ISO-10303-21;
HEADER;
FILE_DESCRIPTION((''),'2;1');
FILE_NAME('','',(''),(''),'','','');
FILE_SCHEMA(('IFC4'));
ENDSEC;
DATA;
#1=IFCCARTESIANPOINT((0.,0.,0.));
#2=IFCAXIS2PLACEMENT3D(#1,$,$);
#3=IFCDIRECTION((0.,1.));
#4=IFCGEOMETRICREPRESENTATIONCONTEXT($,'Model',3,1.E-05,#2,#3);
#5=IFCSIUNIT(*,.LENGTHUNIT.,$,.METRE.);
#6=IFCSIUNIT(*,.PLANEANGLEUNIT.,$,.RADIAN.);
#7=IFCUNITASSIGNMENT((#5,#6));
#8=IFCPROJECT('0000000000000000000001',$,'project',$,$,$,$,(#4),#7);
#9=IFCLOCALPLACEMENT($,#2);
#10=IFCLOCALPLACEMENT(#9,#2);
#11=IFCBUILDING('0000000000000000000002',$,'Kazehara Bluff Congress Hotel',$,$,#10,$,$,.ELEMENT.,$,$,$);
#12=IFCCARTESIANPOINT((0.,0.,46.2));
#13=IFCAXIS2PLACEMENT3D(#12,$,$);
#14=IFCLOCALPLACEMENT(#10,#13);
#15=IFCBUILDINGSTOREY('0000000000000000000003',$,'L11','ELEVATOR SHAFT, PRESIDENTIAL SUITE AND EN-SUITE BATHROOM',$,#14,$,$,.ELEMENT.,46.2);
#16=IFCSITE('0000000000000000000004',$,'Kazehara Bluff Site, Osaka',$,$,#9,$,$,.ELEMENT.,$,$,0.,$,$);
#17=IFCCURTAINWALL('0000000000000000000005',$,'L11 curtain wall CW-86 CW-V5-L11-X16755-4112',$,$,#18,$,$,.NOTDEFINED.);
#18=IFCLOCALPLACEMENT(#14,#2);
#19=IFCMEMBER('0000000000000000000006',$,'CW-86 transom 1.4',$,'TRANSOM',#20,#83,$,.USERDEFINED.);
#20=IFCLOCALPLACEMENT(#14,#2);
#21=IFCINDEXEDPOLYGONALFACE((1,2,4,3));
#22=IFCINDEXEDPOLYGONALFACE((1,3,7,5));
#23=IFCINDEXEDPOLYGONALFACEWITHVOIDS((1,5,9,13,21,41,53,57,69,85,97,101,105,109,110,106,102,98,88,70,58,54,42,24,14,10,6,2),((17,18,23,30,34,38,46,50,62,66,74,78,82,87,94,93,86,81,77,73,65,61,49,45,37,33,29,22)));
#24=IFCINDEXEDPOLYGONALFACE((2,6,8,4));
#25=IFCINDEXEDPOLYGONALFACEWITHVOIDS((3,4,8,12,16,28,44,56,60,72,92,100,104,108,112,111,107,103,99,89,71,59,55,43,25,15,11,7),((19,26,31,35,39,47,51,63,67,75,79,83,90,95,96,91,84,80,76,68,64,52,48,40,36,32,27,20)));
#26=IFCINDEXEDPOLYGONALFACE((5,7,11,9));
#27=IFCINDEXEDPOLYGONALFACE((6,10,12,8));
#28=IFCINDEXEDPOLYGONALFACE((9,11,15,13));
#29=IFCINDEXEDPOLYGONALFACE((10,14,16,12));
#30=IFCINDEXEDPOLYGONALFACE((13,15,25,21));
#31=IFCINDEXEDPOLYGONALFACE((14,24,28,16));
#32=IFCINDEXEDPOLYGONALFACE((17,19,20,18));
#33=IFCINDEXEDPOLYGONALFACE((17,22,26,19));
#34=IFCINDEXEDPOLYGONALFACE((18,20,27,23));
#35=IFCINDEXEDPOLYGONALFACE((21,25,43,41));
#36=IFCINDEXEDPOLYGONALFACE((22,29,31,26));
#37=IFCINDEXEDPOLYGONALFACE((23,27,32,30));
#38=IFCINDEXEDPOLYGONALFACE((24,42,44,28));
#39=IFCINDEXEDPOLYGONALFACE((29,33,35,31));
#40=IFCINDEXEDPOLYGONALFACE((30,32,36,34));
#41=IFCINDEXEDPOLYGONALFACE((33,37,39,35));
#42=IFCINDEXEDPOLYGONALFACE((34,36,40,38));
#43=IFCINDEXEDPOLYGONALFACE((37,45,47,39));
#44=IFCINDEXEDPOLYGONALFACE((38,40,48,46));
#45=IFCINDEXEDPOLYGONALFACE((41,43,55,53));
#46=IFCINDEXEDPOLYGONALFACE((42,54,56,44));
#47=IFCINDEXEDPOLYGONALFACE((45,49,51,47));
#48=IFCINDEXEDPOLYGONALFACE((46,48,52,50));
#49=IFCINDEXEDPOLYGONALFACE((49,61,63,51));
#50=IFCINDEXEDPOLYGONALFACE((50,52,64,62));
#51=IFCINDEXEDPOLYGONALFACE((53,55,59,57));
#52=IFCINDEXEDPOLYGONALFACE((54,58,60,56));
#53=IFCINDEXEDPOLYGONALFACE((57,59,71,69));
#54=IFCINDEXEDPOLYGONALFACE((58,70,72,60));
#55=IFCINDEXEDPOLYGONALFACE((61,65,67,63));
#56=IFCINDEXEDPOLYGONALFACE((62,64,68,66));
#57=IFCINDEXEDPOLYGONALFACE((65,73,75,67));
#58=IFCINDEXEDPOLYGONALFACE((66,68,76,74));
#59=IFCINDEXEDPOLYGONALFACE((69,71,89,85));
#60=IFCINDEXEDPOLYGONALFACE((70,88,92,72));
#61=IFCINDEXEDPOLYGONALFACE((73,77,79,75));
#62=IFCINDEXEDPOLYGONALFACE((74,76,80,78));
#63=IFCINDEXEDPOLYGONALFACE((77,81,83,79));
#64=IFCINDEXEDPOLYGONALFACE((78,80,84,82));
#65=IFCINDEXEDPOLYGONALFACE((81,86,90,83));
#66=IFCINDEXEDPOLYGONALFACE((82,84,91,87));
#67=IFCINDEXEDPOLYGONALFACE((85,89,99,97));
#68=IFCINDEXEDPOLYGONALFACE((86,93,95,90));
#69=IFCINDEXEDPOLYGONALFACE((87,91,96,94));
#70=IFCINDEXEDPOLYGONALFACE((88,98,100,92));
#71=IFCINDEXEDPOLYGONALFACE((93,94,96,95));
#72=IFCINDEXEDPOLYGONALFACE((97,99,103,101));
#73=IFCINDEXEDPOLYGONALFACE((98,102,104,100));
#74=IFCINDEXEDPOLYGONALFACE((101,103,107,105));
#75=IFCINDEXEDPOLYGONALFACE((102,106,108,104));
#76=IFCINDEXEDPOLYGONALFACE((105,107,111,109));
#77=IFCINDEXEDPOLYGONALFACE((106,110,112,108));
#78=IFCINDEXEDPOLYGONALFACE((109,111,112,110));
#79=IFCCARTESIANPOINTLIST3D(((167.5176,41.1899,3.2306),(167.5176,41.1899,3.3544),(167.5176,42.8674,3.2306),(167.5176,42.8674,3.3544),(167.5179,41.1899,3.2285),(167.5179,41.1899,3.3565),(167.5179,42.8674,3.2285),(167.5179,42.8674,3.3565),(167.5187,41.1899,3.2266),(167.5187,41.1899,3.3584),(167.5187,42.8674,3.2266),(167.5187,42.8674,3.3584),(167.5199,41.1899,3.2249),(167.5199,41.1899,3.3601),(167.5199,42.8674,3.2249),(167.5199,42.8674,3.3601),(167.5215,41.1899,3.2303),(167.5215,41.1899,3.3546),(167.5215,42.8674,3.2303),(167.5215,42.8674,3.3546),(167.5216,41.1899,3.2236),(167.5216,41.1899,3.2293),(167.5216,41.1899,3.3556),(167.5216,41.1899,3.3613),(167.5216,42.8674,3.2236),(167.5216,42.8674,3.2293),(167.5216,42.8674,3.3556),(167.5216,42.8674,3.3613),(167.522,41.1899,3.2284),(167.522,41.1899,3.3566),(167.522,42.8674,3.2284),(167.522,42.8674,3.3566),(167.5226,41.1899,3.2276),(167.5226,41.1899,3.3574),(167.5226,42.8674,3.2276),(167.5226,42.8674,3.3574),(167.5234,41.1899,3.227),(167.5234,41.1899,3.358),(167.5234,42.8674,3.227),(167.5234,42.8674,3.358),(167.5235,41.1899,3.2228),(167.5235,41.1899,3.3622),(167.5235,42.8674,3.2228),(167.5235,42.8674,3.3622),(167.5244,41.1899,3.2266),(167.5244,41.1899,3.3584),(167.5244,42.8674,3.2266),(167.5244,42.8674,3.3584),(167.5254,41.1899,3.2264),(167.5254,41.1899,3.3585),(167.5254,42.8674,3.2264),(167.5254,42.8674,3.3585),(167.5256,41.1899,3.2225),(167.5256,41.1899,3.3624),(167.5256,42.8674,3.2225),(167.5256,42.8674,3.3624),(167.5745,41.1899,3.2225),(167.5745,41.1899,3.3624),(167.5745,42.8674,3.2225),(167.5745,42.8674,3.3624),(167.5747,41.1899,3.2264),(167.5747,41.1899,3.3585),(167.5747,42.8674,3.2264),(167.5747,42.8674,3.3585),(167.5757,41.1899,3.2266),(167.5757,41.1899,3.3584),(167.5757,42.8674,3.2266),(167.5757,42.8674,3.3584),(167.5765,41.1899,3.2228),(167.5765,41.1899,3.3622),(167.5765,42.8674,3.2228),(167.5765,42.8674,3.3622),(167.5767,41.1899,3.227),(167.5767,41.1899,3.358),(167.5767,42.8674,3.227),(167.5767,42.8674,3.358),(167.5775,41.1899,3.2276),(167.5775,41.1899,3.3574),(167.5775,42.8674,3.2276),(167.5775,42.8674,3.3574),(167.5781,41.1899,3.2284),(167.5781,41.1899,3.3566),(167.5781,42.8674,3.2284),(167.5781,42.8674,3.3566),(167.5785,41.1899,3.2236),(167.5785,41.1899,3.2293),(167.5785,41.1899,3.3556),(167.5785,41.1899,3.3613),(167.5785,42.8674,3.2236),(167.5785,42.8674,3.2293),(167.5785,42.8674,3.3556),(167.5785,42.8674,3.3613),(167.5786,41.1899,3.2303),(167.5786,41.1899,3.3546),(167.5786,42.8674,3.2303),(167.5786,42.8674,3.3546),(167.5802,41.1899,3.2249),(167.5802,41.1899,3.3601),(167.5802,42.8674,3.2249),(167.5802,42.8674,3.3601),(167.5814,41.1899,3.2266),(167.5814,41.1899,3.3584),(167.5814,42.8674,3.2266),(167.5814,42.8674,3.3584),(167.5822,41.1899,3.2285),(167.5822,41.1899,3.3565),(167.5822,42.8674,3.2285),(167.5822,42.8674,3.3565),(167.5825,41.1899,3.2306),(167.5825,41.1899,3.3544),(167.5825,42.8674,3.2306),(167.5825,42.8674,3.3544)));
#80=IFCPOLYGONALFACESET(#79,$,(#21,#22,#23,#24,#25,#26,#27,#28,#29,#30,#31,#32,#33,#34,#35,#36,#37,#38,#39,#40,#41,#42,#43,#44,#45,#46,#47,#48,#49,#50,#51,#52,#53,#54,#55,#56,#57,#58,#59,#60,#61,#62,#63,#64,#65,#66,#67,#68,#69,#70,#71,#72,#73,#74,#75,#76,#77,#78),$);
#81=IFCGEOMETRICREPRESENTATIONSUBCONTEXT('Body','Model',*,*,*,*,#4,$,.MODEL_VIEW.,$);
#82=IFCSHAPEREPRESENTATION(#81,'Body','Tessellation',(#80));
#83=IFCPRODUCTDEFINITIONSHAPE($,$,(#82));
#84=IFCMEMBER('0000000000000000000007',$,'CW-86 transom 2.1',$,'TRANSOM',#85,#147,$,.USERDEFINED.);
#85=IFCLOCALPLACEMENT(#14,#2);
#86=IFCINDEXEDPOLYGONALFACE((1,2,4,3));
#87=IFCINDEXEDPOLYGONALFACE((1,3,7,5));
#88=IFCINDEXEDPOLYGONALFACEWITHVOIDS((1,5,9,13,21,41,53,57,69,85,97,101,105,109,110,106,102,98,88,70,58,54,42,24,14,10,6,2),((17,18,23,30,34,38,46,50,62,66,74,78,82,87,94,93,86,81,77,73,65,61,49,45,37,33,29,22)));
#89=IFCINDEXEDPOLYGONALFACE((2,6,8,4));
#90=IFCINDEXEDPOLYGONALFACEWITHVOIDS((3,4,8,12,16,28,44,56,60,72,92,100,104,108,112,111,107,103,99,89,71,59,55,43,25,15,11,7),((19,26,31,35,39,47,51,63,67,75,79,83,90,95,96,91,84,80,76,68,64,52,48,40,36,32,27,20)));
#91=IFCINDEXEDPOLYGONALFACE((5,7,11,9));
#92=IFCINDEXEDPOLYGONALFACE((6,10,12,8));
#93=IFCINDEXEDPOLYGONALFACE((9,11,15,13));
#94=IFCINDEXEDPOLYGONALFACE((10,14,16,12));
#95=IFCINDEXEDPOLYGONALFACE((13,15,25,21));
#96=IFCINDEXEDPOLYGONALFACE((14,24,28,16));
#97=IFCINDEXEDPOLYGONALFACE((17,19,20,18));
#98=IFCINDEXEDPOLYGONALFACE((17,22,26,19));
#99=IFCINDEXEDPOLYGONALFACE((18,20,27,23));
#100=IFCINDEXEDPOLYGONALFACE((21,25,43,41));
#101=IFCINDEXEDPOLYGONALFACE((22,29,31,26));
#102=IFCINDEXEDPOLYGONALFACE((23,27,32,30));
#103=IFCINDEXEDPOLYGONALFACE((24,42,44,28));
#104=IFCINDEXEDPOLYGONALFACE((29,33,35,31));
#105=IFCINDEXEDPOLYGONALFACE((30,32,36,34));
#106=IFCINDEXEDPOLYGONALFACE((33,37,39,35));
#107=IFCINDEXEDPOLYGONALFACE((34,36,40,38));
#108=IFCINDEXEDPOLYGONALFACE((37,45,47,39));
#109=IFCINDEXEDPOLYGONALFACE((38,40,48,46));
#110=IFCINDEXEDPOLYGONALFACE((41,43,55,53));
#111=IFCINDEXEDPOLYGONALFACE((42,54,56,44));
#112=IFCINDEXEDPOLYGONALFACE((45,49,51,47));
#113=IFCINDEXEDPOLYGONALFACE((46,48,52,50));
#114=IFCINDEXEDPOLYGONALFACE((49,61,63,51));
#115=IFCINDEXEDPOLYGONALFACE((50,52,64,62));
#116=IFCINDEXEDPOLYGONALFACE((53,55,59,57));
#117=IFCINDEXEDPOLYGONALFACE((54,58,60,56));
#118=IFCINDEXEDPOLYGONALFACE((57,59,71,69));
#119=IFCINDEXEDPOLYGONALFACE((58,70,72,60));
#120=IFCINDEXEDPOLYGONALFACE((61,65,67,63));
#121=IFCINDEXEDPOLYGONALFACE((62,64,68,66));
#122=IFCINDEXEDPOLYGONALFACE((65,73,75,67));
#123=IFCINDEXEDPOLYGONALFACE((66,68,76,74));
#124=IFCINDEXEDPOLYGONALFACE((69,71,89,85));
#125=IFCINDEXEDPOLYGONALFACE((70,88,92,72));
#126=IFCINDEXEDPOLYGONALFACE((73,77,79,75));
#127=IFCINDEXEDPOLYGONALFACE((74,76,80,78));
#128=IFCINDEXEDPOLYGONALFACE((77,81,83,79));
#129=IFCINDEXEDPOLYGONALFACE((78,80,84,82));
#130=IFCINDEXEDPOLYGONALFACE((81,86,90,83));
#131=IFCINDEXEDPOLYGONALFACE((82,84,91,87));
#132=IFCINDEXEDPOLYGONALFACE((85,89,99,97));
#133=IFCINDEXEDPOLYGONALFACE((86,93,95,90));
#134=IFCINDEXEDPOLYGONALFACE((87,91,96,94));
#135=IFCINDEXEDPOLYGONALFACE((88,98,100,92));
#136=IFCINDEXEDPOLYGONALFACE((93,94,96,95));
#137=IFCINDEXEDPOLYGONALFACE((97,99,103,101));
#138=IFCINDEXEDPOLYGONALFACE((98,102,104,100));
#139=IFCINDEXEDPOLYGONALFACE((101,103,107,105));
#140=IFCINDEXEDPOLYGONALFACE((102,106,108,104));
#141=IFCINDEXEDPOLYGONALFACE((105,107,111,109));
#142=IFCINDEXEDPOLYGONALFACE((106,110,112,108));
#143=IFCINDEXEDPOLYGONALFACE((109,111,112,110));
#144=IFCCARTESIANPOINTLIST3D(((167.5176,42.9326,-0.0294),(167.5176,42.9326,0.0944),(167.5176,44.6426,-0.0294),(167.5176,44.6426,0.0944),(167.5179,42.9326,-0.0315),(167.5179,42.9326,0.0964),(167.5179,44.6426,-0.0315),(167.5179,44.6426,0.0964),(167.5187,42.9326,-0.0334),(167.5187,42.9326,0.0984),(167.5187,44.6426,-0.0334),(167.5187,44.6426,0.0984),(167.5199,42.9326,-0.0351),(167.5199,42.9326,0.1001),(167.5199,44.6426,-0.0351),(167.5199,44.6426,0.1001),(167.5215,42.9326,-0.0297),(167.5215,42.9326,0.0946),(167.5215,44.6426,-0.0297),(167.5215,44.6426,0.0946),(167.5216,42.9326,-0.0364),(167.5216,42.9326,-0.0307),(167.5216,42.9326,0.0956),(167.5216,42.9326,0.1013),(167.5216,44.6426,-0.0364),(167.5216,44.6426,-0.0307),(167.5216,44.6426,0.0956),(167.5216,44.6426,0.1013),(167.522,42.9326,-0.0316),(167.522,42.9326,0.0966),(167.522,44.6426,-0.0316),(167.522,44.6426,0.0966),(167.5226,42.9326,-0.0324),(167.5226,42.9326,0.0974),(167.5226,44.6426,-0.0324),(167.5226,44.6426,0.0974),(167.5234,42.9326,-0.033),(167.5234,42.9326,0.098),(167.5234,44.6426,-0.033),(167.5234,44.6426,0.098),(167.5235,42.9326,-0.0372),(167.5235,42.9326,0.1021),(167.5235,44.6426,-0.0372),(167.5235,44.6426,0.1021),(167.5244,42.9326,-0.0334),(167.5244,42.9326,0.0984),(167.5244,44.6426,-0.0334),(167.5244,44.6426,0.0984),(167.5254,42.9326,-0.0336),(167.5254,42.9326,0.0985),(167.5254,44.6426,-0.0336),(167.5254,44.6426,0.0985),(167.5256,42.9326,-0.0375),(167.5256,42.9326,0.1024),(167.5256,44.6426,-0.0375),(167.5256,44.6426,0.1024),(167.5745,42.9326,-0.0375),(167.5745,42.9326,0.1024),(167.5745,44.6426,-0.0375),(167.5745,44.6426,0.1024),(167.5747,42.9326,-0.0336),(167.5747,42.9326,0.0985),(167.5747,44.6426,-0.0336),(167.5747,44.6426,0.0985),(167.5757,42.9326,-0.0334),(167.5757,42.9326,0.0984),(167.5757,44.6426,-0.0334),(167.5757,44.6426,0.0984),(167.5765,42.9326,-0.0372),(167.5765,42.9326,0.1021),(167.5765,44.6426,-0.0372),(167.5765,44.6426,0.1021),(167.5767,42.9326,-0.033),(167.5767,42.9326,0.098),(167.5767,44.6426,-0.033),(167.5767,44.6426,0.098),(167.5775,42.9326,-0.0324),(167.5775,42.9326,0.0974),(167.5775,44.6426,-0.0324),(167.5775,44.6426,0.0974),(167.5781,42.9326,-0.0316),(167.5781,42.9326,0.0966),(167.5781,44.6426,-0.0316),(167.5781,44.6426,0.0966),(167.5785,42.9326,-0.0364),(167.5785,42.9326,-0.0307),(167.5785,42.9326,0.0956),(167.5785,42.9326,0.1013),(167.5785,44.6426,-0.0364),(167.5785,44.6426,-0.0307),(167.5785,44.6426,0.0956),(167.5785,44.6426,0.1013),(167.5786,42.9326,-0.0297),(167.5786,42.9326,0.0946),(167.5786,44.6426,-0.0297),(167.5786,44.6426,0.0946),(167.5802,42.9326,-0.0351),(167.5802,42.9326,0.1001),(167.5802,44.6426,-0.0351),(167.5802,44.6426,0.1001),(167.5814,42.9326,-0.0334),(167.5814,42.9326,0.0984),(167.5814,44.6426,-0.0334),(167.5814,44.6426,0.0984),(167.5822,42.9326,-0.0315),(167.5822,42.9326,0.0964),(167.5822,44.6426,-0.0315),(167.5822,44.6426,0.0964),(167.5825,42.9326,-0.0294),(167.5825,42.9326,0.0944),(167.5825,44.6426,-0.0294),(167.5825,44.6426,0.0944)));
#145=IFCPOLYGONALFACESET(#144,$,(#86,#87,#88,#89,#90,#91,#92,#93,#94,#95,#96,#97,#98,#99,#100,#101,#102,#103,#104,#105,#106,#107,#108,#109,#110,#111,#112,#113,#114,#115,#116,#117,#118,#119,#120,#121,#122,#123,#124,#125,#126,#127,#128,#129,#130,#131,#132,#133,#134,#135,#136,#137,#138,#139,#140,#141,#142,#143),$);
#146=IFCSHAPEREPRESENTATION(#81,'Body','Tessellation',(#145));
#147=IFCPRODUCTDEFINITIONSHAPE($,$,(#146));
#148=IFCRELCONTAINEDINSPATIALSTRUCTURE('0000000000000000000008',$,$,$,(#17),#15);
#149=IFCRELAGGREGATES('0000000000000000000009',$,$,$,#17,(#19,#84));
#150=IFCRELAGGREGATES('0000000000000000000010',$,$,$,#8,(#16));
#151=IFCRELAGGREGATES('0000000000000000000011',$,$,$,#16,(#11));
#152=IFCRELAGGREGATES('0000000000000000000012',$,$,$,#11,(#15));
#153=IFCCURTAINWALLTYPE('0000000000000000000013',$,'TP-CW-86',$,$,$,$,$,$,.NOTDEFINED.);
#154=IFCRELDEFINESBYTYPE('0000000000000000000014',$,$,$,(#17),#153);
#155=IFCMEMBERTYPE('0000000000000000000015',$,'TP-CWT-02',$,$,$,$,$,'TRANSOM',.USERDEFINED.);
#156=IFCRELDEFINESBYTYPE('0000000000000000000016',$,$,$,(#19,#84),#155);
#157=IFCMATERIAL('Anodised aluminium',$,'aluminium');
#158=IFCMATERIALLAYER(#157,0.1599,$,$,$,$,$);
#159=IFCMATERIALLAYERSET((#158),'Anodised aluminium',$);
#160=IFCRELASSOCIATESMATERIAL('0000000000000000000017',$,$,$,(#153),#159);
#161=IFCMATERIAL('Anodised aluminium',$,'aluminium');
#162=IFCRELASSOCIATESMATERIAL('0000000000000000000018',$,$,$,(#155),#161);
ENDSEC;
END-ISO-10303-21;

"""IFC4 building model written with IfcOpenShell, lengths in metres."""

from ifc_helpers import new_model, si_unit, direction, frame, origin, origin_2d, place, context, subcontext, project, spatial, hollow_rectangle, extrude, material, layer, layer_set, material_profile, profile_set, type_object, element, aggregate, save


model = new_model("IFC4")

# Units and contexts
model_context = context("Model", 3, precision=1e-05, world=origin(), true_north=direction((0.0, 1.0)))
body_context = subcontext(model_context, "Body", "Model", "MODEL_VIEW")
ifc_project = project(units=[si_unit("LENGTHUNIT", "METRE"), si_unit("PLANEANGLEUNIT", "RADIAN")], contexts=[model_context])

# Site, building, storey
site_placement = place(None, origin())
site = spatial("IfcSite", under=ifc_project, at=site_placement, Name="Kazehara Bluff Site, Osaka", CompositionType="ELEMENT", RefElevation=0.0)
building_placement = place(site_placement, origin())
building = spatial("IfcBuilding", under=site, at=building_placement, Name="Kazehara Bluff Congress Hotel", CompositionType="ELEMENT")
storey_placement = place(building_placement, frame((0.0, 0.0, 46.2)))
storey = spatial("IfcBuildingStorey", under=building, at=storey_placement, Name="L11", Description="ELEVATOR SHAFT, PRESIDENTIAL SUITE AND EN-SUITE BATHROOM", CompositionType="ELEMENT", Elevation=46.2)

# Curtain wall, members
ifc_material_1 = material(Name="Anodised aluminium", Category="aluminium")
ifc_layer_1 = layer(ifc_material_1, 0.1599)
ifc_layer_set_1 = layer_set([ifc_layer_1], Name="Anodised aluminium")
curtain_wall_type_1 = type_object("IfcCurtainWallType", Name="TP-CW-86", PredefinedType="NOTDEFINED", material=ifc_layer_set_1)
curtain_wall_1_placement = place(storey_placement, origin())
curtain_wall_1 = element("IfcCurtainWall", 1, at=curtain_wall_1_placement, inside=storey, type_object=curtain_wall_type_1, Name="L11 curtain wall CW-86 CW-V5-L11-X16755-4112", PredefinedType="NOTDEFINED")
ifc_material_2 = material(Name="Anodised aluminium", Category="aluminium")
ifc_material_profile_1 = material_profile(ifc_material_2, hollow_rectangle(XDim=0.0649, YDim=0.1399, WallThickness=0.0039, InnerFilletRadius=0.0039, OuterFilletRadius=0.0081, at=origin_2d()))
ifc_profile_set_1 = profile_set([ifc_material_profile_1], Name="Anodised aluminium")
member_type_1 = type_object("IfcMemberType", Name="TP-CWT-02", ElementType="TRANSOM", PredefinedType="USERDEFINED", material=ifc_profile_set_1)
member_1_placement = place(storey_placement, frame((167.55, 41.1899, 3.2925), z_axis=(0.0, 1.0, 0.0), x_axis=(-1.0, 0.0, 0.0)))
member_1 = element("IfcMember", 2, at=member_1_placement, type_object=member_type_1, Name="CW-86 transom 1.4", ObjectType="TRANSOM", PredefinedType="USERDEFINED", context=body_context, shape_type="SweptSolid", body=[
    extrude(hollow_rectangle(XDim=0.0649, YDim=0.1399, WallThickness=0.0039, InnerFilletRadius=0.0039, OuterFilletRadius=0.0081, at=origin_2d()), origin(), (0.0, 0.0, 1.0), 1.6775),
])
member_2_placement = place(storey_placement, frame((167.55, 42.9326, 0.0325), z_axis=(0.0, 1.0, 0.0), x_axis=(-1.0, 0.0, 0.0)))
member_2 = element("IfcMember", 3, at=member_2_placement, type_object=member_type_1, Name="CW-86 transom 2.1", ObjectType="TRANSOM", PredefinedType="USERDEFINED", context=body_context, shape_type="SweptSolid", body=[
    extrude(hollow_rectangle(XDim=0.0649, YDim=0.1399, WallThickness=0.0039, InnerFilletRadius=0.0039, OuterFilletRadius=0.0081, at=origin_2d()), origin(), (0.0, 0.0, 1.0), 1.71),
])

aggregate(curtain_wall_1, [member_1, member_2])

save(model, "model.ifc")
